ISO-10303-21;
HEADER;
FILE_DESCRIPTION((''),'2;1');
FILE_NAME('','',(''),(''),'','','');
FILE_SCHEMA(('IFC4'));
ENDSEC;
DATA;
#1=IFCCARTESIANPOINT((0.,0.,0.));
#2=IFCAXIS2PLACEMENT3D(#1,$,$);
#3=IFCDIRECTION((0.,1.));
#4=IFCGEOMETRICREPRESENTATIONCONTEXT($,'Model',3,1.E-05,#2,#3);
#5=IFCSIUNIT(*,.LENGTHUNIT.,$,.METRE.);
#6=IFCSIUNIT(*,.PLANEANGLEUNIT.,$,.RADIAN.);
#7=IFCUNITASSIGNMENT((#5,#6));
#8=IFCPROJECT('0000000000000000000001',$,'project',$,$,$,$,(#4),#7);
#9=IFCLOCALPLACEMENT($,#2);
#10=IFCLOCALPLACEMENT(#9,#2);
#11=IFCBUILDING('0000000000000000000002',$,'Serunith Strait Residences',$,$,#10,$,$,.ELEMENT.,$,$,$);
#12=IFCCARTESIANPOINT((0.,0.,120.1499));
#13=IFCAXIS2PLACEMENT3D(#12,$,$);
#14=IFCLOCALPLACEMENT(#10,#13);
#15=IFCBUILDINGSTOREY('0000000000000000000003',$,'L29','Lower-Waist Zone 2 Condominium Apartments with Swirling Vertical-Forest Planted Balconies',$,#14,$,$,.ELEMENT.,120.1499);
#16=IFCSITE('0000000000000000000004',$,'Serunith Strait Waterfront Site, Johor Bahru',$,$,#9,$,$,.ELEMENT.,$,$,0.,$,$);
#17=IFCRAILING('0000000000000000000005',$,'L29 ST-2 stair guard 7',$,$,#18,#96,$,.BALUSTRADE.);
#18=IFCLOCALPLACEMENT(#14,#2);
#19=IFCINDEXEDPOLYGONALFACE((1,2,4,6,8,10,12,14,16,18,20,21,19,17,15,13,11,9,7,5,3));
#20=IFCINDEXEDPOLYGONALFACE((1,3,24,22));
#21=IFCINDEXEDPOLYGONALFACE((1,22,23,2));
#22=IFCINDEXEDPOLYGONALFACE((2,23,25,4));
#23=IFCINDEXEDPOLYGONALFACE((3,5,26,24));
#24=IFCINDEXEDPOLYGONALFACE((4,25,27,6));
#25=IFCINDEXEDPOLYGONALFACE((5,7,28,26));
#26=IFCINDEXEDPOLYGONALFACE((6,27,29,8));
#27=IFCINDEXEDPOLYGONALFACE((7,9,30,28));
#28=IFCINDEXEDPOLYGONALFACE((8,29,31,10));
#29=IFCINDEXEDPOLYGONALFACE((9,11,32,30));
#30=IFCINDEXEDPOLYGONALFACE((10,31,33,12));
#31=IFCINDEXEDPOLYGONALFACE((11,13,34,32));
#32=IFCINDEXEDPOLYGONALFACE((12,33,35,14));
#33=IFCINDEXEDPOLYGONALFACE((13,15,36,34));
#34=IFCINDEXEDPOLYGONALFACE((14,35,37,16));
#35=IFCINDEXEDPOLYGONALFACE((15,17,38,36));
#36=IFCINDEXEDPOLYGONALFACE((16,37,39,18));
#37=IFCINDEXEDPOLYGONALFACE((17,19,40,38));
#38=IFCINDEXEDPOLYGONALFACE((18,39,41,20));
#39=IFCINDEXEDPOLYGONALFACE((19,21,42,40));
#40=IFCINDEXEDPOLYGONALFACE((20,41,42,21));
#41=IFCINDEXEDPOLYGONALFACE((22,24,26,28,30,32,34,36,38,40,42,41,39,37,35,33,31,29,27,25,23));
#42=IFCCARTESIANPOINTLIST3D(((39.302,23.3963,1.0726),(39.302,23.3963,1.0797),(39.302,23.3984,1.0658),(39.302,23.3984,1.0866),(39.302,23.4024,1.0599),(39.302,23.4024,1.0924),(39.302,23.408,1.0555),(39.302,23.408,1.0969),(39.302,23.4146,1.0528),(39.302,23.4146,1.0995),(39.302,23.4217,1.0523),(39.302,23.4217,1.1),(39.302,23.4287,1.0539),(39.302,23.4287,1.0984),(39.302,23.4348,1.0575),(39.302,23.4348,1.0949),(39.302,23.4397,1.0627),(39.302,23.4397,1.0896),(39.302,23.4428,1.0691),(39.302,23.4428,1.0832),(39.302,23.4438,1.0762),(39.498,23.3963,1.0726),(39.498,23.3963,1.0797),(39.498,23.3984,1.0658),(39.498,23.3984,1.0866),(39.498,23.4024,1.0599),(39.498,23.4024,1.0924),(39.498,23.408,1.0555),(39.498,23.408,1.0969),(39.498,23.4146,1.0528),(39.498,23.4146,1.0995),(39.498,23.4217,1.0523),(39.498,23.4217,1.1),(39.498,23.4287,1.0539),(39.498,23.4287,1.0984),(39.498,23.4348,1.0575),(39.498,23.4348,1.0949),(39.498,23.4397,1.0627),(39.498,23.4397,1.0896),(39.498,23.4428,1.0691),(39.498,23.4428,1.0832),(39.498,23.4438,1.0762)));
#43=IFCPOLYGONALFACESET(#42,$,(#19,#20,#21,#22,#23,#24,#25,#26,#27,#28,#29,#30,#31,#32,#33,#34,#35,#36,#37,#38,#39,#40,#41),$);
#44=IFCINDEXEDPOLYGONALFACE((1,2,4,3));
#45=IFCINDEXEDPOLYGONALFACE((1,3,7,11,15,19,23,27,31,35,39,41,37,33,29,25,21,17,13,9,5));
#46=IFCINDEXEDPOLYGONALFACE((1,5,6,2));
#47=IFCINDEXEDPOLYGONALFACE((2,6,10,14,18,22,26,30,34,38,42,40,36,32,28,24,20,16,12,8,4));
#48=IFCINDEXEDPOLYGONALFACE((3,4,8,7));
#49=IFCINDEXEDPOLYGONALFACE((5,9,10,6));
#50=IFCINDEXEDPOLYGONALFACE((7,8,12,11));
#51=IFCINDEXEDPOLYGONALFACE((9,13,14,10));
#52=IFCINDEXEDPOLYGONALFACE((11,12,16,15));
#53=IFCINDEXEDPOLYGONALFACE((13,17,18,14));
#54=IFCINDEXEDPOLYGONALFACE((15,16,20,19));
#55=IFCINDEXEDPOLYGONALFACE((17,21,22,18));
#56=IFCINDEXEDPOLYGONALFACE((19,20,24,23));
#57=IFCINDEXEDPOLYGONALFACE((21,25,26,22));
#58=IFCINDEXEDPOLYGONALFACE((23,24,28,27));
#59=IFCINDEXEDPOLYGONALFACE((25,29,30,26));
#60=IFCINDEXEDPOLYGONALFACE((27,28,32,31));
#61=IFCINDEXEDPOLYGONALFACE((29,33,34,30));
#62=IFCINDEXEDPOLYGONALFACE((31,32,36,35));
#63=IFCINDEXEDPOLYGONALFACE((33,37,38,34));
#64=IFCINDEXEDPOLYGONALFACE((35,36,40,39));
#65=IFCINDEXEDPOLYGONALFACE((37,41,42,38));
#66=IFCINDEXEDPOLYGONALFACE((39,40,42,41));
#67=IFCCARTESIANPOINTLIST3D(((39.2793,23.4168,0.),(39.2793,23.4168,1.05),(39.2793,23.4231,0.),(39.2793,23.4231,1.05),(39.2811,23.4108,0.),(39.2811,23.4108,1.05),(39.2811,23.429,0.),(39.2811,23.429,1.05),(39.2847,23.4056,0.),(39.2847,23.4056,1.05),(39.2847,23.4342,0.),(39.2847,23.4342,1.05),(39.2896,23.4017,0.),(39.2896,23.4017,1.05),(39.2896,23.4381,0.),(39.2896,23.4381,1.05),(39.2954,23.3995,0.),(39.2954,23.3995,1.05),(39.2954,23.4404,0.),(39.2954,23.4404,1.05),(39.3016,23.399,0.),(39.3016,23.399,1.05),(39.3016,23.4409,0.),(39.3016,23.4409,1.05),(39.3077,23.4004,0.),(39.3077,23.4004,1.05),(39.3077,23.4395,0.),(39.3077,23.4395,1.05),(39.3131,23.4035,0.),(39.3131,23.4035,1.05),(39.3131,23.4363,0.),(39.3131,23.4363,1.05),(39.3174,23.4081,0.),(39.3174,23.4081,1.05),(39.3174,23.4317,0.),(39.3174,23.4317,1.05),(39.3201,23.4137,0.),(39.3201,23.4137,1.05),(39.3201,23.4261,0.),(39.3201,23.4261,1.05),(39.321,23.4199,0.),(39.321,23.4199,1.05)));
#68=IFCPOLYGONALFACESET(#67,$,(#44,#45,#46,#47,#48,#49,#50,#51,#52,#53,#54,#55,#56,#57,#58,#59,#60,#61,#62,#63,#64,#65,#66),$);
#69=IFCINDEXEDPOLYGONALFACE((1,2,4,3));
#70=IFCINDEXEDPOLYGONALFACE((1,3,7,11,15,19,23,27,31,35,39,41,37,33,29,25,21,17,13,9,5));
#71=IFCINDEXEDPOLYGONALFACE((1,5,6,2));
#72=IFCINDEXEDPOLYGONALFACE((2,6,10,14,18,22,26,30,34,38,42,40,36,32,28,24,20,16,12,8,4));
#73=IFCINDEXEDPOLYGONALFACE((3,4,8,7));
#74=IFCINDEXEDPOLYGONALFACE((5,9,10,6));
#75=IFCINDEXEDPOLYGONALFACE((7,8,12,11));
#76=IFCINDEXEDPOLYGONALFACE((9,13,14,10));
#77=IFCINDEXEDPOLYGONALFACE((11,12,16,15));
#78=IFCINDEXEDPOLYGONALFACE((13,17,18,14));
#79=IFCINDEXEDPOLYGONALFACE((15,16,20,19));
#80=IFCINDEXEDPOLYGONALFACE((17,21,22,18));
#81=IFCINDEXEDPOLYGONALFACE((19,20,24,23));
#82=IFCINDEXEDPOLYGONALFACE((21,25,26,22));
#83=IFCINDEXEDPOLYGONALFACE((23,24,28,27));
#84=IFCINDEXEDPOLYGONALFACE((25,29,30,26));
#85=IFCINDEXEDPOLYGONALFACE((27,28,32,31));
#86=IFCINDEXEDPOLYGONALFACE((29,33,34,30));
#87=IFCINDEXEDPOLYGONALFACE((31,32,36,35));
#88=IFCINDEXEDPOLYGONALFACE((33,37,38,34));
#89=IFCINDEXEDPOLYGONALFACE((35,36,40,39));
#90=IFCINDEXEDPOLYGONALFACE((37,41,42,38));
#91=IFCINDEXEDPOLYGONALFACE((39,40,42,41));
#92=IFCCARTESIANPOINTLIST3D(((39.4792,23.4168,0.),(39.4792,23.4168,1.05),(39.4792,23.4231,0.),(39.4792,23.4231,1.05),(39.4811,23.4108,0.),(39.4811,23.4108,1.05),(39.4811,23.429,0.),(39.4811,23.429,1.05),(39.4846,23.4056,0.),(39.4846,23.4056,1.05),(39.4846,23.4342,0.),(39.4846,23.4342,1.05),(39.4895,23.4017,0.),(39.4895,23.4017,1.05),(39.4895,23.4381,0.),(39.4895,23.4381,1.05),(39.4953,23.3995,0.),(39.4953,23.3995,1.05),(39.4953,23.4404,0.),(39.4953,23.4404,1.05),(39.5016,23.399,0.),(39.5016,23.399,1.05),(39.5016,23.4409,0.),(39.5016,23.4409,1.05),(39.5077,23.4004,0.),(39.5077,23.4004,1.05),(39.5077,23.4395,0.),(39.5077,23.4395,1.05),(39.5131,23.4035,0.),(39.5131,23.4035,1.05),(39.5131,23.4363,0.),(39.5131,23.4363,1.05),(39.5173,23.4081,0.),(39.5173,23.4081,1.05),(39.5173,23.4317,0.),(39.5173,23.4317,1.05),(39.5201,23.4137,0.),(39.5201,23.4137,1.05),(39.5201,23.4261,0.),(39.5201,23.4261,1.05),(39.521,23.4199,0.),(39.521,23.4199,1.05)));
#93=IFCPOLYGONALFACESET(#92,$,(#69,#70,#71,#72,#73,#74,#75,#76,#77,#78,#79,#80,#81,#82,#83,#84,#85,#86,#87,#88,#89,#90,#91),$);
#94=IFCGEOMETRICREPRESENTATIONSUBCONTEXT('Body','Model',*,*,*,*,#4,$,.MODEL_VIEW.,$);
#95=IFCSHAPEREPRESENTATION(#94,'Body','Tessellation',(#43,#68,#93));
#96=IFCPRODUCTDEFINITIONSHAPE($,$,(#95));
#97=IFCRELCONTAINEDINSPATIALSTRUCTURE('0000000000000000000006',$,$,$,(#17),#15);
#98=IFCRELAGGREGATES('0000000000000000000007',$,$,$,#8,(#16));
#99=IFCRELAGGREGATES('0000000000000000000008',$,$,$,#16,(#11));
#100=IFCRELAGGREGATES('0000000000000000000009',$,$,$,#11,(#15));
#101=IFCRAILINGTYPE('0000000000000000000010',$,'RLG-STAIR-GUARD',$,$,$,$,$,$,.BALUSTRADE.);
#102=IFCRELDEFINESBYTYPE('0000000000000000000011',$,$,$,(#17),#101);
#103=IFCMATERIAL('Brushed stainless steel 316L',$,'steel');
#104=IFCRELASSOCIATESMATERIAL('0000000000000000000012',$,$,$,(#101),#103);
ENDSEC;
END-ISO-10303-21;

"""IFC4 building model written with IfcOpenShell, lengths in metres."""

from ifc_helpers import new_model, si_unit, direction, frame, origin, origin_2d, place, context, subcontext, project, spatial, circle, extrude, material, type_object, element, save


model = new_model("IFC4")

# Units and contexts
model_context = context("Model", 3, precision=1e-05, world=origin(), true_north=direction((0.0, 1.0)))
body_context = subcontext(model_context, "Body", "Model", "MODEL_VIEW")
ifc_project = project(units=[si_unit("LENGTHUNIT", "METRE"), si_unit("PLANEANGLEUNIT", "RADIAN")], contexts=[model_context])

# Site, building, storey
site_placement = place(None, origin())
site = spatial("IfcSite", under=ifc_project, at=site_placement, Name="Serunith Strait Waterfront Site, Johor Bahru", CompositionType="ELEMENT", RefElevation=0.0)
building_placement = place(site_placement, origin())
building = spatial("IfcBuilding", under=site, at=building_placement, Name="Serunith Strait Residences", CompositionType="ELEMENT")
storey_placement = place(building_placement, frame((0.0, 0.0, 120.1499)))
storey = spatial("IfcBuildingStorey", under=building, at=storey_placement, Name="L29", Description="Lower-Waist Zone 2 Condominium Apartments with Swirling Vertical-Forest Planted Balconies", CompositionType="ELEMENT", Elevation=120.1499)

# Railing
ifc_material_1 = material(Name="Brushed stainless steel 316L", Category="steel")
railing_type_1 = type_object("IfcRailingType", Name="RLG-STAIR-GUARD", PredefinedType="BALUSTRADE", material=ifc_material_1)
railing_1_placement = place(storey_placement, frame((39.3, 23.4199, 0.0)))
element("IfcRailing", 1, at=railing_1_placement, inside=storey, type_object=railing_type_1, Name="L29 ST-2 stair guard 7", PredefinedType="BALUSTRADE", context=body_context, shape_type="SweptSolid", body=[
    extrude(circle(Radius=0.0239, at=origin_2d()), frame((0.002, 0.0, 1.0762), z_axis=(1.0, 0.0, 0.0), x_axis=(0.0, 1.0, 0.0)), (0.0, 0.0, 1.0), 0.196),
    extrude(circle(Radius=0.021, at=origin_2d()), origin(), (0.0, 0.0, 1.0), 1.05),
    extrude(circle(Radius=0.021, at=origin_2d()), frame((0.2, 0.0, 0.0)), (0.0, 0.0, 1.0), 1.05),
])

save(model, "model.ifc")
